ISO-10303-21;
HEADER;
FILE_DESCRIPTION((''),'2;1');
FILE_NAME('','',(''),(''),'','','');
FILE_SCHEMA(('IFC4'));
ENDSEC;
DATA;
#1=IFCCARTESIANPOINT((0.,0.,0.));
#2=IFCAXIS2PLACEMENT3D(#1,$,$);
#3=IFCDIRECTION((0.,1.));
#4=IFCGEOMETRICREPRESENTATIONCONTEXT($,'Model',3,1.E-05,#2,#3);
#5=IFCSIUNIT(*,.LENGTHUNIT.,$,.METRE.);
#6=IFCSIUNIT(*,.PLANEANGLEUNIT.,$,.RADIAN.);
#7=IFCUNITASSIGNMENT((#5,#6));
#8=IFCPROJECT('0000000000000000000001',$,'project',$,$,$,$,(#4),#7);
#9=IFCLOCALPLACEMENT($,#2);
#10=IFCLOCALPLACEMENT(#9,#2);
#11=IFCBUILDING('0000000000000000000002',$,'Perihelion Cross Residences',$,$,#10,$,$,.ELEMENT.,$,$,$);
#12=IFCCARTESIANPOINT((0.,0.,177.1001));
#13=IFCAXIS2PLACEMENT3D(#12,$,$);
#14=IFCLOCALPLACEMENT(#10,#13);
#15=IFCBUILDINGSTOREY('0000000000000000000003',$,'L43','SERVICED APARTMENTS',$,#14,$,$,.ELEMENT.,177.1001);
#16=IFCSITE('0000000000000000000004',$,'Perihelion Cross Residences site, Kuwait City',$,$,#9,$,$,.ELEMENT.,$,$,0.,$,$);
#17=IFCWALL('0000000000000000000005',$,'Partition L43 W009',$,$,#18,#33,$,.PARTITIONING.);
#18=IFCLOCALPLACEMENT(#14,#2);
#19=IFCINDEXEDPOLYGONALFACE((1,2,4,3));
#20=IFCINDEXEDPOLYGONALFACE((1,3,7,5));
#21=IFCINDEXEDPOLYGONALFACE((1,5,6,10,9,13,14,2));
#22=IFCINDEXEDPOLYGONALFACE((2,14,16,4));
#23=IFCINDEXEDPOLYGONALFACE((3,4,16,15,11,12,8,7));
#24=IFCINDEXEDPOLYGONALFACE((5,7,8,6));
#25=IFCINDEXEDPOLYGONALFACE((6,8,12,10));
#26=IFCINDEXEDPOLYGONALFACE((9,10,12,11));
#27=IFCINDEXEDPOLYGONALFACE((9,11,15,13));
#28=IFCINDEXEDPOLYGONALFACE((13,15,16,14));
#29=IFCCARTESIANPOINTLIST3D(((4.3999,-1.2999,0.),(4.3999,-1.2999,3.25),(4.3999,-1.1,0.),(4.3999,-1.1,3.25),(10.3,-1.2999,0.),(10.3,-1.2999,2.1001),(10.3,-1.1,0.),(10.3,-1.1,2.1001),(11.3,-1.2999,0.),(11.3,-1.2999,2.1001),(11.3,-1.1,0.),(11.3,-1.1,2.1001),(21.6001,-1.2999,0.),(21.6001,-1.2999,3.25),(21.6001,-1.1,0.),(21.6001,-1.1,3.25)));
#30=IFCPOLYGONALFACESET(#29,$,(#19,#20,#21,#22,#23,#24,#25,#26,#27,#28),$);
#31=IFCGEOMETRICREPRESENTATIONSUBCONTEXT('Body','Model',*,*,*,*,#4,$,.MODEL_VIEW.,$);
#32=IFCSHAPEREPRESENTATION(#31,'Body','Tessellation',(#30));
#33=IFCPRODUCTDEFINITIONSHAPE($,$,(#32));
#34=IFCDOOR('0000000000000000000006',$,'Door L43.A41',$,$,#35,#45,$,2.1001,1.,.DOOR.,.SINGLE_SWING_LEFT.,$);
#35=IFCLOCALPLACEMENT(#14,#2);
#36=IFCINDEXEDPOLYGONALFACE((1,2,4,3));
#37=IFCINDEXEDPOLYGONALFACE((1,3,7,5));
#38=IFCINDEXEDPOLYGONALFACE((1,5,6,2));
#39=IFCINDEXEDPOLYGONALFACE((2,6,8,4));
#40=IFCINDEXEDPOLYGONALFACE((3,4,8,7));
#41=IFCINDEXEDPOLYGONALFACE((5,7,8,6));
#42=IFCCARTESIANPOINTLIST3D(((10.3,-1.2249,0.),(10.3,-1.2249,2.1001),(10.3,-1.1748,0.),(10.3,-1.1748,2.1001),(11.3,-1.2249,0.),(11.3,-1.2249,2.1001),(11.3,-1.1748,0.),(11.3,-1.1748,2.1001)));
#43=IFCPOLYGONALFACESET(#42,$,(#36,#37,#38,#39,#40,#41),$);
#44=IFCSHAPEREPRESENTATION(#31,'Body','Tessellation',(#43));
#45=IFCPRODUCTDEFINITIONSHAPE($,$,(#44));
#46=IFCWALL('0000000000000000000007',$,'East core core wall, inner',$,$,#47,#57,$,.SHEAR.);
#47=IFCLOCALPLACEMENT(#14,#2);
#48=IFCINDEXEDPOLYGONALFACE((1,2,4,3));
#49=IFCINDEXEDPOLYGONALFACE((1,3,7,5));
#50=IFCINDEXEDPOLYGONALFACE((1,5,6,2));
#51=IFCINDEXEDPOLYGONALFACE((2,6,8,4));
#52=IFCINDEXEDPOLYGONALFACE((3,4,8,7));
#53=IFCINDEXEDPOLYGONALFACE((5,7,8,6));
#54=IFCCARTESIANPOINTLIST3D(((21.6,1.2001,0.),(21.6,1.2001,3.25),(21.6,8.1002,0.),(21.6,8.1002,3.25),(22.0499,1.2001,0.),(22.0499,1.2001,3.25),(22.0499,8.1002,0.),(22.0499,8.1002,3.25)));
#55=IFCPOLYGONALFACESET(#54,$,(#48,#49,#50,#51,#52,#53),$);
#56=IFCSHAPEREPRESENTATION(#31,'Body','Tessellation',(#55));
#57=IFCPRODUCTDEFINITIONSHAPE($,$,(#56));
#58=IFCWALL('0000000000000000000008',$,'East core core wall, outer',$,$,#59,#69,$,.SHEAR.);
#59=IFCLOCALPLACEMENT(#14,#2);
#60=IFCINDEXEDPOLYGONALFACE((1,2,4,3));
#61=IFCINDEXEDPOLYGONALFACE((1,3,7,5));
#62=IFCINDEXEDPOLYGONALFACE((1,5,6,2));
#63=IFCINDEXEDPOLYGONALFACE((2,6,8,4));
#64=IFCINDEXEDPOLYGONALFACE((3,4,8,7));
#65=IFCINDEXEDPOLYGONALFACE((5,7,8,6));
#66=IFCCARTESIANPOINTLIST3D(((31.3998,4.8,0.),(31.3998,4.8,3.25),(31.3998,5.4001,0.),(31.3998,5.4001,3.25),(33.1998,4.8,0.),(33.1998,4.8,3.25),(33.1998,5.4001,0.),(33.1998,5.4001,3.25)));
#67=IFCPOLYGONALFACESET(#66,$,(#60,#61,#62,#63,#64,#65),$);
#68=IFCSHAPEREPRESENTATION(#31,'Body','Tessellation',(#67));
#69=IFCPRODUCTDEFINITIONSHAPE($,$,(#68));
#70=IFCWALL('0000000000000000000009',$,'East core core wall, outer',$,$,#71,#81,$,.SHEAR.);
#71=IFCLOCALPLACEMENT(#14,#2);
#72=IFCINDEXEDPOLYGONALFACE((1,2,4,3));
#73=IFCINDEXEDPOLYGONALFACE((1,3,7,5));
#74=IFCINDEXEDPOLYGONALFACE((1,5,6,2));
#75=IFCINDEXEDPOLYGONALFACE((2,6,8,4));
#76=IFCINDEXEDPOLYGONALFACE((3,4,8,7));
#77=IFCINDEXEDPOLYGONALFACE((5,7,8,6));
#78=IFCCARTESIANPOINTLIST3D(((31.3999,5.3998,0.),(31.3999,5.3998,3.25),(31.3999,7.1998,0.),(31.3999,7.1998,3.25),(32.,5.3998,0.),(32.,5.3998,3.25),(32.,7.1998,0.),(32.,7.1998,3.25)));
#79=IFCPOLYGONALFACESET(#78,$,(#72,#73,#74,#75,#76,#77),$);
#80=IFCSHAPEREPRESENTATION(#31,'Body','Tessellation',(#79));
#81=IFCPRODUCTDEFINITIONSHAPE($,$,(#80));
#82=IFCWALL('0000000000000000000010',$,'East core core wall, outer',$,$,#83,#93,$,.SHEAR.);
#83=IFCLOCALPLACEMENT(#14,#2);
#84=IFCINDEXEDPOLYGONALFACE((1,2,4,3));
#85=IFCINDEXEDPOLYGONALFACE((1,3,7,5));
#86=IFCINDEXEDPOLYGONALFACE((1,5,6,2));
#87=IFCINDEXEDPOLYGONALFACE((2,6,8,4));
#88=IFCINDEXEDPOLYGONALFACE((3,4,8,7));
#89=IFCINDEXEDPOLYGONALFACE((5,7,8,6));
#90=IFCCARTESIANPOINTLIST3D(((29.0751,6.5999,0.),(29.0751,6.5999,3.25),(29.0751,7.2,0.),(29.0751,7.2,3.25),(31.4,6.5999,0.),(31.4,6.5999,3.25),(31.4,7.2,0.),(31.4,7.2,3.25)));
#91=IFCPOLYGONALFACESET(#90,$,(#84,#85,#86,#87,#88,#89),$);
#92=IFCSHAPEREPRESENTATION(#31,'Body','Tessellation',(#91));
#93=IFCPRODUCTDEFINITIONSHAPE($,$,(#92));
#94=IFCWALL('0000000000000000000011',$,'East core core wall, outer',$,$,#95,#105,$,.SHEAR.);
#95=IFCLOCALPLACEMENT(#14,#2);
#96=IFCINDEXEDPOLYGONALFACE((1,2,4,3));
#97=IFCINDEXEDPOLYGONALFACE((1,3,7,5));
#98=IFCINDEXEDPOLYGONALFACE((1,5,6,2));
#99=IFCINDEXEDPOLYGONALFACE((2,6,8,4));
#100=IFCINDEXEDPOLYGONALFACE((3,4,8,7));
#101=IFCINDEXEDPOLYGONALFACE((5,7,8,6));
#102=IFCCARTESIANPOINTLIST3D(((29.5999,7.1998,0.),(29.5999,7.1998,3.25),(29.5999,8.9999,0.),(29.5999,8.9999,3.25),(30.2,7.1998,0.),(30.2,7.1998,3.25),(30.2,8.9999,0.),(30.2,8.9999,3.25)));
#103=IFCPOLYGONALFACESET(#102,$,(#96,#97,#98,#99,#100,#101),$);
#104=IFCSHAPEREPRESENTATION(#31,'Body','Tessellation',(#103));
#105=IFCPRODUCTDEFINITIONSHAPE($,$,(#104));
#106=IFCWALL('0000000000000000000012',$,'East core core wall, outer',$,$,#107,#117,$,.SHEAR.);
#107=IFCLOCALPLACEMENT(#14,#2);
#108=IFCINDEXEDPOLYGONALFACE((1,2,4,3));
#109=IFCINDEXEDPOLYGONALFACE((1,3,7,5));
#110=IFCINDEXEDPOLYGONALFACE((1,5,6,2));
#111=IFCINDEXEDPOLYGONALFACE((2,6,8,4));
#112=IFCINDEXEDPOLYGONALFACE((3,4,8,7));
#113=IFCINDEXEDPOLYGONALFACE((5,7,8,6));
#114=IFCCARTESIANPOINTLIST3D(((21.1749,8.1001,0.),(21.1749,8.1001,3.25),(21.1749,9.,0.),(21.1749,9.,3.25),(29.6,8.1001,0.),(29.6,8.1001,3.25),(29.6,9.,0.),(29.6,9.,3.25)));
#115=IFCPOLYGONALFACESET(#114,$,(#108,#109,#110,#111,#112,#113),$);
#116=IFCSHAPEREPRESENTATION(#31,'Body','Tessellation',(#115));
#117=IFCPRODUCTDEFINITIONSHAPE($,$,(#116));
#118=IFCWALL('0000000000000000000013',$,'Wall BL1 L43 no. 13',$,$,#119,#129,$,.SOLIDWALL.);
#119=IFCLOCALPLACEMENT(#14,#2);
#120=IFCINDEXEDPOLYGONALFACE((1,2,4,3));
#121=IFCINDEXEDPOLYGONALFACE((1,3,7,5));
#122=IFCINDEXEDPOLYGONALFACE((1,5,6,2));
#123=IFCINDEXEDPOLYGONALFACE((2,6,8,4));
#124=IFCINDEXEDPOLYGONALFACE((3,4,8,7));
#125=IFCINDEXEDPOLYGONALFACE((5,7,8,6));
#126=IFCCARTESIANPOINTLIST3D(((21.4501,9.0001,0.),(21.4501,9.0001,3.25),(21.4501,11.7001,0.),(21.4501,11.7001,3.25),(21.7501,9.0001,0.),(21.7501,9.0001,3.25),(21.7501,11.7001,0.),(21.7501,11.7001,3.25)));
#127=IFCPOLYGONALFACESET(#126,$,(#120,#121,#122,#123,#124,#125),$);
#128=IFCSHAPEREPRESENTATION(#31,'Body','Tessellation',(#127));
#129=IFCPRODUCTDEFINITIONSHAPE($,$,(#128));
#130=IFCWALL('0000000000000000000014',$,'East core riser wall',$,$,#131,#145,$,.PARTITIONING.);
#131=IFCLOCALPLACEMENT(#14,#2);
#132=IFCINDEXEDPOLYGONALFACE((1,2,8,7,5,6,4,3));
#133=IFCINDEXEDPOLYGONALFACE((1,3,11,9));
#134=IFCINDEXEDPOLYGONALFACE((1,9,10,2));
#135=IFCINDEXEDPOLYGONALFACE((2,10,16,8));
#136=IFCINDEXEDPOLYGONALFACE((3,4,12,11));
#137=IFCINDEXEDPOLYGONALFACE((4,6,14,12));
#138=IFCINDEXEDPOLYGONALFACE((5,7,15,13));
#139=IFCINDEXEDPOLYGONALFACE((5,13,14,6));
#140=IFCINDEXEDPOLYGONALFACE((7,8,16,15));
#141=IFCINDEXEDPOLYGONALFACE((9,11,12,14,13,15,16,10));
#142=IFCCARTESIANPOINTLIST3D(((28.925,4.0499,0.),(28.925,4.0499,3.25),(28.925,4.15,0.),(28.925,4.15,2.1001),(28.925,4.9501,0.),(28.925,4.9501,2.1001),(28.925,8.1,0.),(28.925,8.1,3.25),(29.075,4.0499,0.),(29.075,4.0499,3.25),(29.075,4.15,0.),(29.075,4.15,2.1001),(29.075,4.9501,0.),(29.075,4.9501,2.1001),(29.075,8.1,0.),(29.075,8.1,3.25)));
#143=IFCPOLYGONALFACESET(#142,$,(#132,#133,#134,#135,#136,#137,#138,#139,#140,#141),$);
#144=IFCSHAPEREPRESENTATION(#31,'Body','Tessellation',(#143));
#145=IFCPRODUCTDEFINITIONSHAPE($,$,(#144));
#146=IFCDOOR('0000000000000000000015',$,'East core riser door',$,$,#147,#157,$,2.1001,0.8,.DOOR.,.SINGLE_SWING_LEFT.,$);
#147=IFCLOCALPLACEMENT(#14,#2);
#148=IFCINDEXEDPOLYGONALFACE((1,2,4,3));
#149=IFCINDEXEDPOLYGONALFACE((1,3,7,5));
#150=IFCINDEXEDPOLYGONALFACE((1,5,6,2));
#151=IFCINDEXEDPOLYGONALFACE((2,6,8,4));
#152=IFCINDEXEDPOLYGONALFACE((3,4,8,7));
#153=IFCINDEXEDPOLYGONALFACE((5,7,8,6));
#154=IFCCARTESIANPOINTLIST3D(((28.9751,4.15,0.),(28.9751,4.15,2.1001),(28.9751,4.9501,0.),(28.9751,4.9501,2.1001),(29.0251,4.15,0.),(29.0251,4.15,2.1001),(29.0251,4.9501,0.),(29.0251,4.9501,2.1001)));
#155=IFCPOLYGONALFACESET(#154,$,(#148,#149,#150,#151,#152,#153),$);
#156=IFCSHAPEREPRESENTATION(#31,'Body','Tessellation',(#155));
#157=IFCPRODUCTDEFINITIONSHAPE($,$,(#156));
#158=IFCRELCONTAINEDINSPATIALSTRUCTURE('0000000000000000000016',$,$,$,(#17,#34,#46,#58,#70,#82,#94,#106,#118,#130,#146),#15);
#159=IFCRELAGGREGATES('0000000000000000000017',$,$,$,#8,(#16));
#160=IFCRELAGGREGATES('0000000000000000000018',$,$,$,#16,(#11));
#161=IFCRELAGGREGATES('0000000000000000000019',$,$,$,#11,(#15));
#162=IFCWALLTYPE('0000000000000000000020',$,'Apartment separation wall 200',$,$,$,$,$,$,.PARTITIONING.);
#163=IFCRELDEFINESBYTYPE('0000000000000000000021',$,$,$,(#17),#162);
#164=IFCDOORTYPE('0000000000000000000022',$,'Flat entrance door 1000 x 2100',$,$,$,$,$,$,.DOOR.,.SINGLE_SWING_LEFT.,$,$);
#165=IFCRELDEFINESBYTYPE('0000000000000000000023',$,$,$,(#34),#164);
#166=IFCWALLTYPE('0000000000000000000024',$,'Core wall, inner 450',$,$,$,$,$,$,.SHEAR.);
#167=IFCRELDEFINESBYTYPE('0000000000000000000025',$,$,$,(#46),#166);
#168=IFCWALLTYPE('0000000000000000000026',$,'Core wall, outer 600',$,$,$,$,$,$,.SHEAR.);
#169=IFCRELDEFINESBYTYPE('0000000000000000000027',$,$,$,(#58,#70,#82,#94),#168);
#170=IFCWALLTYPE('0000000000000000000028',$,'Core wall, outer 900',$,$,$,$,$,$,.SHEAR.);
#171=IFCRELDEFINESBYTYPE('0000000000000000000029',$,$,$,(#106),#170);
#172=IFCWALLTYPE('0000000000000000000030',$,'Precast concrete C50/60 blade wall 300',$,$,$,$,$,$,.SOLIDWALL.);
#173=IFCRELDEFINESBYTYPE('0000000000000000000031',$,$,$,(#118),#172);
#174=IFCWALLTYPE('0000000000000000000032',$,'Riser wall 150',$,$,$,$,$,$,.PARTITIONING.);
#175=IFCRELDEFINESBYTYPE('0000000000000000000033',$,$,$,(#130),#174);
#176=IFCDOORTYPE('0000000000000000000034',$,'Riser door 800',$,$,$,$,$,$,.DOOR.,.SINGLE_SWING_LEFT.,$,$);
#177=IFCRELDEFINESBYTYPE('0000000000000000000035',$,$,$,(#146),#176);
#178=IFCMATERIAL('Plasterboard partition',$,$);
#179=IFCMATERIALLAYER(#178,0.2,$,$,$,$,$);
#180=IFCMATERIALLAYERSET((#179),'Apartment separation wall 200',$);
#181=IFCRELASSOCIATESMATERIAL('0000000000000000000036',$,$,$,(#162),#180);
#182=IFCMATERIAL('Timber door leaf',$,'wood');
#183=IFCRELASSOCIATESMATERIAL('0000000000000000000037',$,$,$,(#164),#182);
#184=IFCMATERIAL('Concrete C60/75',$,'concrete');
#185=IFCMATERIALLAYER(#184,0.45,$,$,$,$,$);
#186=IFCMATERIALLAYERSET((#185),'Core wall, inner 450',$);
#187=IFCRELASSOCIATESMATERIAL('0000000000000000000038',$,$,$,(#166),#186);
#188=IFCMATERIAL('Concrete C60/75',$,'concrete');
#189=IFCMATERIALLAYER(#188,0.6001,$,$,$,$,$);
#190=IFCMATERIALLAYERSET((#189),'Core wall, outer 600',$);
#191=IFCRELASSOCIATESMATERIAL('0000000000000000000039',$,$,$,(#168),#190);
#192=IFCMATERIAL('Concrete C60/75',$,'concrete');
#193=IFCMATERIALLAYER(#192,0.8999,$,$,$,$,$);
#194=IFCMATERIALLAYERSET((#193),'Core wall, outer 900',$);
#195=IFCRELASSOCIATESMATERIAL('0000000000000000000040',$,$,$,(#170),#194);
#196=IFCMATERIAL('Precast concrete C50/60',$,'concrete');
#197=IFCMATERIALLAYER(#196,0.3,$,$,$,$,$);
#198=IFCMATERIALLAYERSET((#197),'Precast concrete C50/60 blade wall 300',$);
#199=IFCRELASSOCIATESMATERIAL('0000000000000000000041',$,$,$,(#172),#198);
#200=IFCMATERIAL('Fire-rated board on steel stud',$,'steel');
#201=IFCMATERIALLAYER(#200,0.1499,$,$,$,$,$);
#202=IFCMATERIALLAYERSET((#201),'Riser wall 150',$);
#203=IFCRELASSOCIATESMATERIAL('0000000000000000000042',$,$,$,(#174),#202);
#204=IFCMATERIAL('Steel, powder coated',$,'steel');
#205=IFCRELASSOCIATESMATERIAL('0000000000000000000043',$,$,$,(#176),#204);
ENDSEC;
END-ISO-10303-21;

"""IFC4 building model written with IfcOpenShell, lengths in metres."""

from ifc_helpers import new_model, si_unit, direction, frame, frame_2d, origin, place, context, subcontext, project, spatial, rectangle, extrude, material, layer, layer_set, type_object, element, fill, save


model = new_model("IFC4")

# Units and contexts
model_context = context("Model", 3, precision=1e-05, world=origin(), true_north=direction((0.0, 1.0)))
body_context = subcontext(model_context, "Body", "Model", "MODEL_VIEW")
ifc_project = project(units=[si_unit("LENGTHUNIT", "METRE"), si_unit("PLANEANGLEUNIT", "RADIAN")], contexts=[model_context])

# Site, building, storey
site_placement = place(None, origin())
site = spatial("IfcSite", under=ifc_project, at=site_placement, Name="Perihelion Cross Residences site, Kuwait City", CompositionType="ELEMENT", RefElevation=0.0)
building_placement = place(site_placement, origin())
building = spatial("IfcBuilding", under=site, at=building_placement, Name="Perihelion Cross Residences", CompositionType="ELEMENT")
storey_placement = place(building_placement, frame((0.0, 0.0, 177.1001)))
storey = spatial("IfcBuildingStorey", under=building, at=storey_placement, Name="L43", Description="SERVICED APARTMENTS", CompositionType="ELEMENT", Elevation=177.1001)

# Wall, opening, door
ifc_material_1 = material(Name="Plasterboard partition")
ifc_layer_1 = layer(ifc_material_1, 0.2)
ifc_layer_set_1 = layer_set([ifc_layer_1], Name="Apartment separation wall 200")
wall_type_1 = type_object("IfcWallType", Name="Apartment separation wall 200", PredefinedType="PARTITIONING", material=ifc_layer_set_1)
wall_1_placement = place(storey_placement, frame((21.6001, -1.2, 0.0), z_axis=(0.0, 0.0, 1.0), x_axis=(-1.0, 0.0, 0.0)))
wall_1 = element("IfcWall", 1, at=wall_1_placement, inside=storey, type_object=wall_type_1, Name="Partition L43 W009", PredefinedType="PARTITIONING", context=body_context, shape_type="SweptSolid", body=[
    extrude(rectangle(XDim=17.2002, YDim=0.2, at=frame_2d((8.6001, 0.0))), origin(), (0.0, 0.0, 1.0), 3.25),
])
opening_1_placement = place(wall_1_placement, frame((10.3, 0.0, 0.0)))
opening_1 = element("IfcOpeningElement", 2, at=opening_1_placement, cuts=wall_1, PredefinedType="OPENING", context=body_context, shape_type="SweptSolid", body=[
    extrude(rectangle(XDim=1.0, YDim=2.1001, at=frame_2d((0.5, 1.05))), frame((0.0, 0.1099, 0.0), z_axis=(0.0, -1.0, 0.0), x_axis=(1.0, 0.0, 0.0)), (0.0, 0.0, 1.0), 0.22),
])
ifc_material_2 = material(Name="Timber door leaf", Category="wood")
door_type_1 = type_object("IfcDoorType", Name="Flat entrance door 1000 x 2100", OperationType="SINGLE_SWING_LEFT", PredefinedType="DOOR", material=ifc_material_2)
door_1_placement = place(opening_1_placement, origin())
door_1 = element("IfcDoor", 3, at=door_1_placement, inside=storey, type_object=door_type_1, Name="Door L43.A41", OperationType="SINGLE_SWING_LEFT", OverallHeight=2.1001, OverallWidth=1.0, PredefinedType="DOOR", context=body_context, shape_type="SweptSolid", body=[
    extrude(rectangle(XDim=1.0, YDim=2.1001, at=frame_2d((0.5, 1.05))), frame((0.0, 0.0249, 0.0), z_axis=(0.0, -1.0, 0.0), x_axis=(1.0, 0.0, 0.0)), (0.0, 0.0, 1.0), 0.05),
])
fill(opening_1, door_1)

# Walls
ifc_material_3 = material(Name="Concrete C60/75", Category="concrete")
ifc_layer_2 = layer(ifc_material_3, 0.45)
ifc_layer_set_2 = layer_set([ifc_layer_2], Name="Core wall, inner 450")
wall_type_2 = type_object("IfcWallType", Name="Core wall, inner 450", PredefinedType="SHEAR", material=ifc_layer_set_2)
wall_2_placement = place(storey_placement, frame((21.825, 1.2, 0.0), z_axis=(0.0, 0.0, 1.0), x_axis=(0.0, 1.0, 0.0)))
element("IfcWall", 4, at=wall_2_placement, inside=storey, type_object=wall_type_2, Name="East core core wall, inner", PredefinedType="SHEAR", context=body_context, shape_type="SweptSolid", body=[
    extrude(rectangle(XDim=6.9001, YDim=0.45, at=frame_2d((3.4502, 0.0))), origin(), (0.0, 0.0, 1.0), 3.25),
])
ifc_material_4 = material(Name="Concrete C60/75", Category="concrete")
ifc_layer_3 = layer(ifc_material_4, 0.6001)
ifc_layer_set_3 = layer_set([ifc_layer_3], Name="Core wall, outer 600")
wall_type_3 = type_object("IfcWallType", Name="Core wall, outer 600", PredefinedType="SHEAR", material=ifc_layer_set_3)
for number, where, z_axis, x_axis, name in (
    (5, (31.3999, 5.1001, 0.0), (0.0, 0.0, 1.0), (1.0, 0.0, 0.0), "East core core wall, outer"),
    (6, (31.7, 5.3999, 0.0), (0.0, 0.0, 1.0), (0.0, 1.0, 0.0), "East core core wall, outer"),
):
    element("IfcWall", number, at=place(storey_placement, frame(where, z_axis=z_axis, x_axis=x_axis)), inside=storey, type_object=wall_type_3, Name=name, PredefinedType="SHEAR", context=body_context, shape_type="SweptSolid", body=[
        extrude(rectangle(XDim=1.8, YDim=0.6001, at=frame_2d((0.8999, 0.0))), origin(), (0.0, 0.0, 1.0), 3.25),
    ])
wall_3_placement = place(storey_placement, frame((29.075, 6.8999, 0.0), z_axis=(0.0, 0.0, 1.0), x_axis=(1.0, 0.0, 0.0)))
element("IfcWall", 7, at=wall_3_placement, inside=storey, type_object=wall_type_3, Name="East core core wall, outer", PredefinedType="SHEAR", context=body_context, shape_type="SweptSolid", body=[
    extrude(rectangle(XDim=2.325, YDim=0.6001, at=frame_2d((1.1626, 0.0))), origin(), (0.0, 0.0, 1.0), 3.25),
])
wall_4_placement = place(storey_placement, frame((29.8999, 7.2, 0.0), z_axis=(0.0, 0.0, 1.0), x_axis=(0.0, 1.0, 0.0)))
element("IfcWall", 8, at=wall_4_placement, inside=storey, type_object=wall_type_3, Name="East core core wall, outer", PredefinedType="SHEAR", context=body_context, shape_type="SweptSolid", body=[
    extrude(rectangle(XDim=1.8, YDim=0.6001, at=frame_2d((0.8999, 0.0))), origin(), (0.0, 0.0, 1.0), 3.25),
])
ifc_material_5 = material(Name="Concrete C60/75", Category="concrete")
ifc_layer_4 = layer(ifc_material_5, 0.8999)
ifc_layer_set_4 = layer_set([ifc_layer_4], Name="Core wall, outer 900")
wall_type_4 = type_object("IfcWallType", Name="Core wall, outer 900", PredefinedType="SHEAR", material=ifc_layer_set_4)
wall_5_placement = place(storey_placement, frame((21.175, 8.55, 0.0), z_axis=(0.0, 0.0, 1.0), x_axis=(1.0, 0.0, 0.0)))
element("IfcWall", 9, at=wall_5_placement, inside=storey, type_object=wall_type_4, Name="East core core wall, outer", PredefinedType="SHEAR", context=body_context, shape_type="SweptSolid", body=[
    extrude(rectangle(XDim=8.425, YDim=0.8999, at=frame_2d((4.2124, 0.0))), origin(), (0.0, 0.0, 1.0), 3.25),
])
ifc_material_6 = material(Name="Precast concrete C50/60", Category="concrete")
ifc_layer_5 = layer(ifc_material_6, 0.3)
ifc_layer_set_5 = layer_set([ifc_layer_5], Name="Precast concrete C50/60 blade wall 300")
wall_type_5 = type_object("IfcWallType", Name="Precast concrete C50/60 blade wall 300", PredefinedType="SOLIDWALL", material=ifc_layer_set_5)
wall_6_placement = place(storey_placement, frame((21.6001, 9.0, 0.0), z_axis=(0.0, 0.0, 1.0), x_axis=(0.0, 1.0, 0.0)))
element("IfcWall", 10, at=wall_6_placement, inside=storey, type_object=wall_type_5, Name="Wall BL1 L43 no. 13", PredefinedType="SOLIDWALL", context=body_context, shape_type="SweptSolid", body=[
    extrude(rectangle(XDim=2.7, YDim=0.3, at=frame_2d((1.3501, 0.0))), origin(), (0.0, 0.0, 1.0), 3.25),
])

# Wall, opening, door
ifc_material_7 = material(Name="Fire-rated board on steel stud", Category="steel")
ifc_layer_6 = layer(ifc_material_7, 0.1499)
ifc_layer_set_6 = layer_set([ifc_layer_6], Name="Riser wall 150")
wall_type_6 = type_object("IfcWallType", Name="Riser wall 150", PredefinedType="PARTITIONING", material=ifc_layer_set_6)
wall_7_placement = place(storey_placement, frame((29.0, 4.05, 0.0), z_axis=(0.0, 0.0, 1.0), x_axis=(0.0, 1.0, 0.0)))
wall_7 = element("IfcWall", 11, at=wall_7_placement, inside=storey, type_object=wall_type_6, Name="East core riser wall", PredefinedType="PARTITIONING", context=body_context, shape_type="SweptSolid", body=[
    extrude(rectangle(XDim=4.05, YDim=0.1499, at=frame_2d((2.0249, 0.0))), origin(), (0.0, 0.0, 1.0), 3.25),
])
opening_2_placement = place(wall_7_placement, frame((0.1001, 0.0, 0.0)))
opening_2 = element("IfcOpeningElement", 12, at=opening_2_placement, cuts=wall_7, PredefinedType="OPENING", context=body_context, shape_type="SweptSolid", body=[
    extrude(rectangle(XDim=0.8, YDim=2.1001, at=frame_2d((0.3999, 1.05))), frame((0.0, 0.085, 0.0), z_axis=(0.0, -1.0, 0.0), x_axis=(1.0, 0.0, 0.0)), (0.0, 0.0, 1.0), 0.1699),
])
ifc_material_8 = material(Name="Steel, powder coated", Category="steel")
door_type_2 = type_object("IfcDoorType", Name="Riser door 800", OperationType="SINGLE_SWING_LEFT", PredefinedType="DOOR", material=ifc_material_8)
door_2_placement = place(opening_2_placement, origin())
door_2 = element("IfcDoor", 13, at=door_2_placement, inside=storey, type_object=door_type_2, Name="East core riser door", OperationType="SINGLE_SWING_LEFT", OverallHeight=2.1001, OverallWidth=0.8, PredefinedType="DOOR", context=body_context, shape_type="SweptSolid", body=[
    extrude(rectangle(XDim=0.8, YDim=2.1001, at=frame_2d((0.3999, 1.05))), frame((0.0, 0.0249, 0.0), z_axis=(0.0, -1.0, 0.0), x_axis=(1.0, 0.0, 0.0)), (0.0, 0.0, 1.0), 0.05),
])
fill(opening_2, door_2)

save(model, "model.ifc")
